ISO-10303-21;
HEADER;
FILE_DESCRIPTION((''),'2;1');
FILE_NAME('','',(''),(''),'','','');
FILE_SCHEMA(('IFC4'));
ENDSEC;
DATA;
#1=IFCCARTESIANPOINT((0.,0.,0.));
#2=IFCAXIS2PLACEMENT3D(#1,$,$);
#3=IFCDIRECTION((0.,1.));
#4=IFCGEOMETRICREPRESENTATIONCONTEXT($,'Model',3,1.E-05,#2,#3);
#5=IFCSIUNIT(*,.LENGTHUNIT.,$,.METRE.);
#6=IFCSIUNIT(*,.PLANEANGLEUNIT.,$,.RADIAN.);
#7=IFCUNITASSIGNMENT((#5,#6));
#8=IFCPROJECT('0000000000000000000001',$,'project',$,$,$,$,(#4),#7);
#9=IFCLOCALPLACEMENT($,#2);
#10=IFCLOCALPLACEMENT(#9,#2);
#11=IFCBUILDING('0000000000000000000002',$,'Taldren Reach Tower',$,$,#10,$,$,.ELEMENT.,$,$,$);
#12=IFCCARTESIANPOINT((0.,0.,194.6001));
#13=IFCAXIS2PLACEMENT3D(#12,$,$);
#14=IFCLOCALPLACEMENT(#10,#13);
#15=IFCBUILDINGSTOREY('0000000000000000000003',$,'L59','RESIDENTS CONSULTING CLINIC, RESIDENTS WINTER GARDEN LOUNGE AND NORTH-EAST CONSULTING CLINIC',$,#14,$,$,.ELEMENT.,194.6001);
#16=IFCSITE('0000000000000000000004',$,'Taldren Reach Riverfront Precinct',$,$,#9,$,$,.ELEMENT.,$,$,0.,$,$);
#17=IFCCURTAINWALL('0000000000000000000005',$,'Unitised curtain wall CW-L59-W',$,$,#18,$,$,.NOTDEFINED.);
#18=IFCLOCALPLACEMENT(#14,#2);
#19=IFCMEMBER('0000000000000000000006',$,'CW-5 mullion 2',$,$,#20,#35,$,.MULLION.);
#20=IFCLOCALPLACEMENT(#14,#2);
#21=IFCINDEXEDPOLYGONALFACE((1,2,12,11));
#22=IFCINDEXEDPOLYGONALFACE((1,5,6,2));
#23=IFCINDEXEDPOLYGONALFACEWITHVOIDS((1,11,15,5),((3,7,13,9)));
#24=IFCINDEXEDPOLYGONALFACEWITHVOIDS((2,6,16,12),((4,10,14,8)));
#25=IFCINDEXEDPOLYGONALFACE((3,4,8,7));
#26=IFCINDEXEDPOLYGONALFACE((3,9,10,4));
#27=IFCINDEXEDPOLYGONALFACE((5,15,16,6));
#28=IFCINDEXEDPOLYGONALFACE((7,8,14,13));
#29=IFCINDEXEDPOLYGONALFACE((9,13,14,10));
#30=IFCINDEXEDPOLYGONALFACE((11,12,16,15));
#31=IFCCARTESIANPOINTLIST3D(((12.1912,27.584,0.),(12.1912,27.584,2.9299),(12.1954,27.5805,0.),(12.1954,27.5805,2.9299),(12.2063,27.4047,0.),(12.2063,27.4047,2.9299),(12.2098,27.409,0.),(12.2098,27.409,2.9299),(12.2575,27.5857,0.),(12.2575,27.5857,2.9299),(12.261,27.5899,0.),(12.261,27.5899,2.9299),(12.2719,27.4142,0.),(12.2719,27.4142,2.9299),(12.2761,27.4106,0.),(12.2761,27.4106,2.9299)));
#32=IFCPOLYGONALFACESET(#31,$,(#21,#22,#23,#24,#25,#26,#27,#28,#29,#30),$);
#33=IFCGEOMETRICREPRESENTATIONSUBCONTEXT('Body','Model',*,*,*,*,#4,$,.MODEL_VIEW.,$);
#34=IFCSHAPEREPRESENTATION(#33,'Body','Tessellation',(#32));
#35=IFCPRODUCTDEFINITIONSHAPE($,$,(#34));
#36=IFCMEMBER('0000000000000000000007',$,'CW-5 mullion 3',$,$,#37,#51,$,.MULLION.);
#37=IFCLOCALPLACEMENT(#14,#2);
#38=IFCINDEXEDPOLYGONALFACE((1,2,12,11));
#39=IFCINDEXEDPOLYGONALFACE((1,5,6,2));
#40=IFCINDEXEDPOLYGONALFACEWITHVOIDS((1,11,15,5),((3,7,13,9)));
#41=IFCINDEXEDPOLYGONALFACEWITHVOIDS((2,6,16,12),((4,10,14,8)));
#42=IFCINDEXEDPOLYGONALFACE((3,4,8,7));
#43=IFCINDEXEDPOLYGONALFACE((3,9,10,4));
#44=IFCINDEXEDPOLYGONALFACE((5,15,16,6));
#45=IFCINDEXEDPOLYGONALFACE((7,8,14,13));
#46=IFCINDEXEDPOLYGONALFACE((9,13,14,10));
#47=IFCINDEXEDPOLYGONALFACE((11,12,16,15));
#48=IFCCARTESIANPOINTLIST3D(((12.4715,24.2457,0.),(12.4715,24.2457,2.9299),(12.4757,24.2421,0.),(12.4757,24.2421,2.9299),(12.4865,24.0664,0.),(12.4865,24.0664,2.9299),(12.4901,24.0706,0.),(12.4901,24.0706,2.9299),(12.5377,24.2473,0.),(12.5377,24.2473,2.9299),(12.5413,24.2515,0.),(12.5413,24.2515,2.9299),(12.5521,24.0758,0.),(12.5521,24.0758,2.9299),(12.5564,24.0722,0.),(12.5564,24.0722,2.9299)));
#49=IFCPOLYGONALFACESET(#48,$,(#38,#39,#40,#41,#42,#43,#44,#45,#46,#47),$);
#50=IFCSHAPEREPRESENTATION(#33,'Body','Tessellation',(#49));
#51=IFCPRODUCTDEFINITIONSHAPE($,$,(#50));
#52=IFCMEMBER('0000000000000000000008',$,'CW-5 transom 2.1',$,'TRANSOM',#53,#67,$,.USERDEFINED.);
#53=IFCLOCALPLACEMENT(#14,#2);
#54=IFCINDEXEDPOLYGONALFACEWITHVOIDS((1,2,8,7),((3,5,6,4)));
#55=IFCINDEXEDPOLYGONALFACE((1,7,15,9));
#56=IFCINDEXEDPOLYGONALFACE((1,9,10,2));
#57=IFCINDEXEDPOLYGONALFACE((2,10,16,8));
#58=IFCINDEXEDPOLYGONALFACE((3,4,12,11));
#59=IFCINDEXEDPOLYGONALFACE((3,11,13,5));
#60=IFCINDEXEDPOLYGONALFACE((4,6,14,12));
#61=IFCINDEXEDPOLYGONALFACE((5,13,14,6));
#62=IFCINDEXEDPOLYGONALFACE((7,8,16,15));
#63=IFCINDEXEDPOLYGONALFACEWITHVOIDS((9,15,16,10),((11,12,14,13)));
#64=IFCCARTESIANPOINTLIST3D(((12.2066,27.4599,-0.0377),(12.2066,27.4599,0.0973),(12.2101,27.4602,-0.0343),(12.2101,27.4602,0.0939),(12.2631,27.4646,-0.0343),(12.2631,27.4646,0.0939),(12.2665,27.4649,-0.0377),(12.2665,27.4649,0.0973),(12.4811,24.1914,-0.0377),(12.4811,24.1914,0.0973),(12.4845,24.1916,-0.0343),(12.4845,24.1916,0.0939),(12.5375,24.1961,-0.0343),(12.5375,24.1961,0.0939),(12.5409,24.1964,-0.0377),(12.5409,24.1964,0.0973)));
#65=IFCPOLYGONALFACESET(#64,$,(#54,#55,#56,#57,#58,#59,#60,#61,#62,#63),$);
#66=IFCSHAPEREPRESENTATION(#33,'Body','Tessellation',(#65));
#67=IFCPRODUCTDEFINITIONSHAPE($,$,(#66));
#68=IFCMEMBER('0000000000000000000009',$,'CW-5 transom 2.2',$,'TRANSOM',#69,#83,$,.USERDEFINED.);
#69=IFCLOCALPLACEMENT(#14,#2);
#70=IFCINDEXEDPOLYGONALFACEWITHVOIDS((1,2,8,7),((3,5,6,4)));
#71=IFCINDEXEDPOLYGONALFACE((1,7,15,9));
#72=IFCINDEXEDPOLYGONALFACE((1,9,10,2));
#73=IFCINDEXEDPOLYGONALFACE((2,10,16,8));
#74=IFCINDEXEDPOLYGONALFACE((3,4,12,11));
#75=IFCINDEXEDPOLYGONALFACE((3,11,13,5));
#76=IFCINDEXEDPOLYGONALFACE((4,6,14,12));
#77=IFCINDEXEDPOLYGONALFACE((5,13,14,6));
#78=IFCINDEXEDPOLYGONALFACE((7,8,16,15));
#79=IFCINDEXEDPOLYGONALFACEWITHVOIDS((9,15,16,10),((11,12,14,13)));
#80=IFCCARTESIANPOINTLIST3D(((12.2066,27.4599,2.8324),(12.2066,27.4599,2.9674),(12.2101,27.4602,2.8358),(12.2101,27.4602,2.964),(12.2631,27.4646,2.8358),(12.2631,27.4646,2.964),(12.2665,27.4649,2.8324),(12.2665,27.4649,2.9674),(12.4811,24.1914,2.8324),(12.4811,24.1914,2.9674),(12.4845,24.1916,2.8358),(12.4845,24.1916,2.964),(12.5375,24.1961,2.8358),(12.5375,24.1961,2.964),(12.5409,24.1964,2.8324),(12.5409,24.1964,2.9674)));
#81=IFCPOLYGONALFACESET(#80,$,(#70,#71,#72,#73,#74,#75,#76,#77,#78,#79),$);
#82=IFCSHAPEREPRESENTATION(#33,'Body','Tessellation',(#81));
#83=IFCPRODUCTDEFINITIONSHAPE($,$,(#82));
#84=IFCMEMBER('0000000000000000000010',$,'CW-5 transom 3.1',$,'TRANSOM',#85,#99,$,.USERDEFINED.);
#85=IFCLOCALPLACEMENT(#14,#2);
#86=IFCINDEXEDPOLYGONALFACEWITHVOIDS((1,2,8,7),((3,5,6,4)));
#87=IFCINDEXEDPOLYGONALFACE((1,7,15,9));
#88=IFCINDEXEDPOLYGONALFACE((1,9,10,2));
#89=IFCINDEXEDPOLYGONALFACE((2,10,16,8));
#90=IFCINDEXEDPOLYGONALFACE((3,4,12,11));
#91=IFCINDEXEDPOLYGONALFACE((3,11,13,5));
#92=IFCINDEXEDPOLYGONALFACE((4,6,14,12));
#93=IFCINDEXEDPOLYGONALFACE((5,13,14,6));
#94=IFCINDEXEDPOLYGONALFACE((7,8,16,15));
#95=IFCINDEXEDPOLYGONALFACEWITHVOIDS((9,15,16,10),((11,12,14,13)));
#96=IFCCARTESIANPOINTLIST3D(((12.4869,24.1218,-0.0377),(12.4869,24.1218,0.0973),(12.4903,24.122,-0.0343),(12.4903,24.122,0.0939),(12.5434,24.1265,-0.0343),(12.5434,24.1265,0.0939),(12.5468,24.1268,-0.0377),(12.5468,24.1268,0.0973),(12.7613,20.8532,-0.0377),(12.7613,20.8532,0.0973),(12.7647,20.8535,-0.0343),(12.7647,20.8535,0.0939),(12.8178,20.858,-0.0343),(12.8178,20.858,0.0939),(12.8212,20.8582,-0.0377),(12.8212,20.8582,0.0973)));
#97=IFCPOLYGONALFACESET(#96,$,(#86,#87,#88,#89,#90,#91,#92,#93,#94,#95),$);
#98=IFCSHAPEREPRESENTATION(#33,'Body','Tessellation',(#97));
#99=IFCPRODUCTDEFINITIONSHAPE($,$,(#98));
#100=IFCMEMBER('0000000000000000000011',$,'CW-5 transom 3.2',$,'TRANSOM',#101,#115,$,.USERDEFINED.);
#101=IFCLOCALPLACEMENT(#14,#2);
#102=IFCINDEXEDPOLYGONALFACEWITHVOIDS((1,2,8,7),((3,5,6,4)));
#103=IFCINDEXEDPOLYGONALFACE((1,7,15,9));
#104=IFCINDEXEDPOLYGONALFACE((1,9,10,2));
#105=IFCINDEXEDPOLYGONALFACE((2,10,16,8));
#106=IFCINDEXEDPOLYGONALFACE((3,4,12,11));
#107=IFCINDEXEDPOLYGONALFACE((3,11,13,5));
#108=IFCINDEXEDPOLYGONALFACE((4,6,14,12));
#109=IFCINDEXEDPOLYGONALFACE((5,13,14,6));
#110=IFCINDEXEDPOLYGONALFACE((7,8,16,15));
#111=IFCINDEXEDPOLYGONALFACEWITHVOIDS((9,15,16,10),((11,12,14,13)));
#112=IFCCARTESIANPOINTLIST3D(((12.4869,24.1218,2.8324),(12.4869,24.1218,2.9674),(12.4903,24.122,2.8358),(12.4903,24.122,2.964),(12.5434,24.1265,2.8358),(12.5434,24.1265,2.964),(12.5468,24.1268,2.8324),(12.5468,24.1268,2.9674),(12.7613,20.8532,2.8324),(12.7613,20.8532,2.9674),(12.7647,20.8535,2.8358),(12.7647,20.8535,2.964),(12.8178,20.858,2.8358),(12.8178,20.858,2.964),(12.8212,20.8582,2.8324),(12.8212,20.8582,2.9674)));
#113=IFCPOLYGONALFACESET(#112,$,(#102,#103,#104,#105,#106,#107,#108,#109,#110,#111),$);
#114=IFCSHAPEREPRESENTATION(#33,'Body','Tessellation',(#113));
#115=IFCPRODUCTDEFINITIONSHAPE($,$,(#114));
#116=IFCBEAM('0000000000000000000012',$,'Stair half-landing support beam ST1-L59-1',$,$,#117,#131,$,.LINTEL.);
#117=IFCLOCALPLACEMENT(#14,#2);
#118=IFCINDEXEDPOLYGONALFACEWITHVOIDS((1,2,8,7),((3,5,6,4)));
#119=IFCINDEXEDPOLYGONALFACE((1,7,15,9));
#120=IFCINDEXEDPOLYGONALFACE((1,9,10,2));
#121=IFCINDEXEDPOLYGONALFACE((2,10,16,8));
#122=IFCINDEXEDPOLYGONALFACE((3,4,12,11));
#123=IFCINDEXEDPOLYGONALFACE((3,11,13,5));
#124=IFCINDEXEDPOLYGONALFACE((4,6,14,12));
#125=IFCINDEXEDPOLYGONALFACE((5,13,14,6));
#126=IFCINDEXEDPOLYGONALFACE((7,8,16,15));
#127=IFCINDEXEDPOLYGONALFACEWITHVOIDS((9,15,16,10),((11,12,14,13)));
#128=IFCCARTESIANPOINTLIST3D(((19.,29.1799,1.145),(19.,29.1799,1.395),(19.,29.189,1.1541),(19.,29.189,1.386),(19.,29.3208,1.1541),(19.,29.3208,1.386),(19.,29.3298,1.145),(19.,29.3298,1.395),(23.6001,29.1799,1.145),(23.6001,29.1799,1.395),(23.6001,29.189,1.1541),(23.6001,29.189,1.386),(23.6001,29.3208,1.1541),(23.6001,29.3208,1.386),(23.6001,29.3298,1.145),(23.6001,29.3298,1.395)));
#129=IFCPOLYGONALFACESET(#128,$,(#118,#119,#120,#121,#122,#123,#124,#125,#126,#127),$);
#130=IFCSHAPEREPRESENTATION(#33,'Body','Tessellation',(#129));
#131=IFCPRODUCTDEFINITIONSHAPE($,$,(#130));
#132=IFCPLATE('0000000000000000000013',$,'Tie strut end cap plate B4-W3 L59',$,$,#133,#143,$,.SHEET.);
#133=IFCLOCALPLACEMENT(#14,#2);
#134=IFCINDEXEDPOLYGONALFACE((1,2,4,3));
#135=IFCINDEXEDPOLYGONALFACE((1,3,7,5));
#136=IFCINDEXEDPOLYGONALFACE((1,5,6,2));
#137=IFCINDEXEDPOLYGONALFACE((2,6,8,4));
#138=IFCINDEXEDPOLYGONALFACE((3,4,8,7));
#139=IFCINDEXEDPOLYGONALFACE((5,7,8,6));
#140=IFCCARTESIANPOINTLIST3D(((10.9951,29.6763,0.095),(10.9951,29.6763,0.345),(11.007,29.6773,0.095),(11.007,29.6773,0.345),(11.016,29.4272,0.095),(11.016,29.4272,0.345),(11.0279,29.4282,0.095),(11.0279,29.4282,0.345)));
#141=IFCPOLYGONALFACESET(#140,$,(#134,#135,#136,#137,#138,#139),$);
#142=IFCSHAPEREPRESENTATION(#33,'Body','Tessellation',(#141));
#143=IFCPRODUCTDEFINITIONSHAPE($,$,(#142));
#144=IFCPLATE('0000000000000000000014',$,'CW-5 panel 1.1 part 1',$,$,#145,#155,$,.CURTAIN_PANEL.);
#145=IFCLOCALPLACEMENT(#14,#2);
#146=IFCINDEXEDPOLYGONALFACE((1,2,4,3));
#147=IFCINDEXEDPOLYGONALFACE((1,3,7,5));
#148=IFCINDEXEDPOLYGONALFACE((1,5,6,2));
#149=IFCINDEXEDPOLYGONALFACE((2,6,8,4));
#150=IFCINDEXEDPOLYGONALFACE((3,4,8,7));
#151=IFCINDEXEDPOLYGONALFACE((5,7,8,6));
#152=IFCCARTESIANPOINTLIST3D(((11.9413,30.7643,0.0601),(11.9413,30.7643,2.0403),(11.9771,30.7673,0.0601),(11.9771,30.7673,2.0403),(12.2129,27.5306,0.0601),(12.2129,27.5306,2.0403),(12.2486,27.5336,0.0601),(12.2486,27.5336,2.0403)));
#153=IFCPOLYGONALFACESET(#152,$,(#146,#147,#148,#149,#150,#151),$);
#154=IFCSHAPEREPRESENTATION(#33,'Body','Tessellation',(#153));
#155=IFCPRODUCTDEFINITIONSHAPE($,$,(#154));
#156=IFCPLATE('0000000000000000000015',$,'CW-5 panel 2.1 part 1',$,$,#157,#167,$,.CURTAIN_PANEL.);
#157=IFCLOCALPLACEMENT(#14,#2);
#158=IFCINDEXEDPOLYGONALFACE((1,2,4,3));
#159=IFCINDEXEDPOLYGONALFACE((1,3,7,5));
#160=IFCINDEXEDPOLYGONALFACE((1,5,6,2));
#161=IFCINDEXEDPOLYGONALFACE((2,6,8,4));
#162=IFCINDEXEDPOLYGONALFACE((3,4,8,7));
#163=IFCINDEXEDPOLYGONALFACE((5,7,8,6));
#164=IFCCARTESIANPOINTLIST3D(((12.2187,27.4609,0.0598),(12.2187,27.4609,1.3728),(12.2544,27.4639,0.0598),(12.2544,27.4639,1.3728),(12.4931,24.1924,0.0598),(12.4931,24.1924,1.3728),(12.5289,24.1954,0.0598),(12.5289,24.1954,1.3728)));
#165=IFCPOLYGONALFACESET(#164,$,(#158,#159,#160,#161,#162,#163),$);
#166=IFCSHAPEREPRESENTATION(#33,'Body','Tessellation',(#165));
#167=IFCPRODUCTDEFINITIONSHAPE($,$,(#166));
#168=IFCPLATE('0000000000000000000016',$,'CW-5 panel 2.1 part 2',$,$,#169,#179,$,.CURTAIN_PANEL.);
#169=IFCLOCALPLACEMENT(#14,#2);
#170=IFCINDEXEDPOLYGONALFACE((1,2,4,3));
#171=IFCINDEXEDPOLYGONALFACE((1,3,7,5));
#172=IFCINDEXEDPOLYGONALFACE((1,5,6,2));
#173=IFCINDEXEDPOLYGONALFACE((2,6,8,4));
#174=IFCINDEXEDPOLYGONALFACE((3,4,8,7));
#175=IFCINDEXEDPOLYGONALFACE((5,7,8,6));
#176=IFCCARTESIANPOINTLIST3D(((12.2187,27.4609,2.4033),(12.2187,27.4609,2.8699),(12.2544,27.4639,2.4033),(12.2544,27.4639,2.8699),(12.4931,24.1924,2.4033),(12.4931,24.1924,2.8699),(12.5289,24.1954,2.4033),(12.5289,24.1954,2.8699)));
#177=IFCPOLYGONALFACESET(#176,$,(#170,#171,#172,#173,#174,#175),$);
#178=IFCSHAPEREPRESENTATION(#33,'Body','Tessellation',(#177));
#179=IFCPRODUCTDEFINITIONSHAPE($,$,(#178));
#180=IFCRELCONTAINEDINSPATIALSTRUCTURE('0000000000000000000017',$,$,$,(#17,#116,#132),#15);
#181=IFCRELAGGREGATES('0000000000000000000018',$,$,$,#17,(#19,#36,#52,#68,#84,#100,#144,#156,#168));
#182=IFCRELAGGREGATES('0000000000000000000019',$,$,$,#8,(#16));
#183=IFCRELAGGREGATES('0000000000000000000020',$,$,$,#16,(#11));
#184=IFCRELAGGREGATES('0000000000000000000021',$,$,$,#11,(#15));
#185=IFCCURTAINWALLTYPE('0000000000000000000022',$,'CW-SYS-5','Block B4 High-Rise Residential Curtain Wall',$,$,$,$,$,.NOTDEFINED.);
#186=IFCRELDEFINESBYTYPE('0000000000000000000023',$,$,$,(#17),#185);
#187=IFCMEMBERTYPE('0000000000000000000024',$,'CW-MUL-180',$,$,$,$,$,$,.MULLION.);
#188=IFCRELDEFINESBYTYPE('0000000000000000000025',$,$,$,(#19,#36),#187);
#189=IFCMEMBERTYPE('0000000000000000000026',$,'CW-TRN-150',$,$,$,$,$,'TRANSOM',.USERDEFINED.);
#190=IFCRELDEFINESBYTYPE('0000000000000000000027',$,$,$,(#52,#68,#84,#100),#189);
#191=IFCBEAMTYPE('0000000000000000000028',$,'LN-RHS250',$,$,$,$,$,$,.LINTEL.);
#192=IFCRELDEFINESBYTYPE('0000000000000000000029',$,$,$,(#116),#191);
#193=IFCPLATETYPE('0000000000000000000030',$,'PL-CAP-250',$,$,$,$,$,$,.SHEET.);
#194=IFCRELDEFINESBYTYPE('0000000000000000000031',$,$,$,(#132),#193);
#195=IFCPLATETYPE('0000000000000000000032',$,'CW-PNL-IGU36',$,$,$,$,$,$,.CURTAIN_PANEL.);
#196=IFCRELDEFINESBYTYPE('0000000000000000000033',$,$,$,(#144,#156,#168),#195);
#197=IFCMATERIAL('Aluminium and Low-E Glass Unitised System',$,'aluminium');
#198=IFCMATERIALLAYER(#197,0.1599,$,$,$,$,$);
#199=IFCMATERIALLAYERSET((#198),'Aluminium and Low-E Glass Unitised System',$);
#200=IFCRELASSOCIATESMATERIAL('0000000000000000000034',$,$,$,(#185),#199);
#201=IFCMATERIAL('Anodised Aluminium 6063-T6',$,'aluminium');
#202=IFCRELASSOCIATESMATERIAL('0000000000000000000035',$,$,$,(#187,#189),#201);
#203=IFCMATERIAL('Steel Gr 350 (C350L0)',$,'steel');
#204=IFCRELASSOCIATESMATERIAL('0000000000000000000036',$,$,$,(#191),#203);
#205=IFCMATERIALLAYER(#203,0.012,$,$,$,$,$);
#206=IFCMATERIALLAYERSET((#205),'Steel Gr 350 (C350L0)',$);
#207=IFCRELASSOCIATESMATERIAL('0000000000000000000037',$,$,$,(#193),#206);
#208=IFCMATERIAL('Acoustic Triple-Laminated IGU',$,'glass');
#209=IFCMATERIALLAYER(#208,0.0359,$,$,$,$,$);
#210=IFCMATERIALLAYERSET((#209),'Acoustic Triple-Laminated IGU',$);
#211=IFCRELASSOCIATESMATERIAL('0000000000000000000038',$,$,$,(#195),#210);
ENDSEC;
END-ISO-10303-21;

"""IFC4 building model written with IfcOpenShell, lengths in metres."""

from ifc_helpers import new_model, si_unit, direction, frame, origin, origin_2d, place, context, subcontext, project, spatial, rectangle, hollow_rectangle, extrude, source, transform, mapped, material, layer, layer_set, material_profile, profile_set, type_object, element, aggregate, save


model = new_model("IFC4")

# Units and contexts
model_context = context("Model", 3, precision=1e-05, world=origin(), true_north=direction((0.0, 1.0)))
body_context = subcontext(model_context, "Body", "Model", "MODEL_VIEW")
ifc_project = project(units=[si_unit("LENGTHUNIT", "METRE"), si_unit("PLANEANGLEUNIT", "RADIAN")], contexts=[model_context])

# Site, building, storey
site_placement = place(None, origin())
site = spatial("IfcSite", under=ifc_project, at=site_placement, Name="Taldren Reach Riverfront Precinct", CompositionType="ELEMENT", RefElevation=0.0)
building_placement = place(site_placement, origin())
building = spatial("IfcBuilding", under=site, at=building_placement, Name="Taldren Reach Tower", CompositionType="ELEMENT")
storey_placement = place(building_placement, frame((0.0, 0.0, 194.6001)))
storey = spatial("IfcBuildingStorey", under=building, at=storey_placement, Name="L59", Description="RESIDENTS CONSULTING CLINIC, RESIDENTS WINTER GARDEN LOUNGE AND NORTH-EAST CONSULTING CLINIC", CompositionType="ELEMENT", Elevation=194.6001)

# Shared definitions
ifc_material_1 = material(Name="Steel Gr 350 (C350L0)", Category="steel")

# Curtain wall, members
ifc_material_2 = material(Name="Aluminium and Low-E Glass Unitised System", Category="aluminium")
ifc_layer_1 = layer(ifc_material_2, 0.1599)
ifc_layer_set_1 = layer_set([ifc_layer_1], Name="Aluminium and Low-E Glass Unitised System")
curtain_wall_type = type_object("IfcCurtainWallType", Name="CW-SYS-5", Description="Block B4 High-Rise Residential Curtain Wall", PredefinedType="NOTDEFINED", material=ifc_layer_set_1)
curtain_wall_placement = place(storey_placement, origin())
curtain_wall = element("IfcCurtainWall", 1, at=curtain_wall_placement, inside=storey, type_object=curtain_wall_type, Name="Unitised curtain wall CW-L59-W", PredefinedType="NOTDEFINED")
ifc_material_3 = material(Name="Anodised Aluminium 6063-T6", Category="aluminium")
ifc_material_profile_1 = material_profile(ifc_material_3, hollow_rectangle(XDim=0.0701, YDim=0.1799, WallThickness=0.0039, at=origin_2d()), Name="ALU-180x70x4RHS")
ifc_profile_set_1 = profile_set([ifc_material_profile_1], Name="Anodised Aluminium 6063-T6")
member_type_1 = type_object("IfcMemberType", Name="CW-MUL-180", PredefinedType="MULLION", material=ifc_profile_set_1)
shared_shape_1 = source(origin(), body_context, "Body", "SweptSolid", [
    extrude(hollow_rectangle(XDim=0.0701, YDim=0.1799, WallThickness=0.0039, at=origin_2d()), origin(), (0.0, 0.0, 1.0), 2.9299),
])
member_1_placement = place(storey_placement, frame((12.2336, 27.4973, 0.0), z_axis=(0.0, 0.0, 1.0), x_axis=(0.996493, 0.083678, 0.0)))
member_1 = element("IfcMember", 2, at=member_1_placement, type_object=member_type_1, Name="CW-5 mullion 2", PredefinedType="MULLION", context=body_context, shape_type="MappedRepresentation", body=[
    mapped(shared_shape_1, transform((0.0, 0.0, 0.0), scale=1.0)),
])
member_2_placement = place(storey_placement, frame((12.5139, 24.1589, 0.0), z_axis=(0.0, 0.0, 1.0), x_axis=(0.996493, 0.083678, 0.0)))
member_2 = element("IfcMember", 3, at=member_2_placement, type_object=member_type_1, Name="CW-5 mullion 3", PredefinedType="MULLION", context=body_context, shape_type="MappedRepresentation", body=[
    mapped(shared_shape_1, transform((0.0, 0.0, 0.0), scale=1.0)),
])
ifc_material_profile_2 = material_profile(ifc_material_3, hollow_rectangle(XDim=0.0601, YDim=0.135, WallThickness=0.0034, at=origin_2d()), Name="ALU-135x60x3.5RHS")
ifc_profile_set_2 = profile_set([ifc_material_profile_2], Name="Anodised Aluminium 6063-T6")
member_type_2 = type_object("IfcMemberType", Name="CW-TRN-150", ElementType="TRANSOM", PredefinedType="USERDEFINED", material=ifc_profile_set_2)
shared_shape_2 = source(origin(), body_context, "Body", "SweptSolid", [
    extrude(hollow_rectangle(XDim=0.0601, YDim=0.135, WallThickness=0.0034, at=origin_2d()), origin(), (0.0, 0.0, 1.0), 3.28),
])
member_3_placement = place(storey_placement, frame((12.2366, 27.4624, 0.0298), z_axis=(0.083661, -0.996494, 0.0), x_axis=(0.996494, 0.083661, 0.0)))
member_3 = element("IfcMember", 4, at=member_3_placement, type_object=member_type_2, Name="CW-5 transom 2.1", ObjectType="TRANSOM", PredefinedType="USERDEFINED", context=body_context, shape_type="MappedRepresentation", body=[
    mapped(shared_shape_2, transform((0.0, 0.0, 0.0), scale=1.0)),
])
member_4_placement = place(storey_placement, frame((12.2366, 27.4624, 2.8999), z_axis=(0.083661, -0.996494, 0.0), x_axis=(0.996494, 0.083661, 0.0)))
member_4 = element("IfcMember", 5, at=member_4_placement, type_object=member_type_2, Name="CW-5 transom 2.2", ObjectType="TRANSOM", PredefinedType="USERDEFINED", context=body_context, shape_type="MappedRepresentation", body=[
    mapped(shared_shape_2, transform((0.0, 0.0, 0.0), scale=1.0)),
])
member_5_placement = place(storey_placement, frame((12.5168, 24.1243, 0.0298), z_axis=(0.083661, -0.996494, 0.0), x_axis=(0.996494, 0.083661, 0.0)))
member_5 = element("IfcMember", 6, at=member_5_placement, type_object=member_type_2, Name="CW-5 transom 3.1", ObjectType="TRANSOM", PredefinedType="USERDEFINED", context=body_context, shape_type="MappedRepresentation", body=[
    mapped(shared_shape_2, transform((0.0, 0.0, 0.0), scale=1.0)),
])
member_6_placement = place(storey_placement, frame((12.5168, 24.1243, 2.8999), z_axis=(0.083661, -0.996494, 0.0), x_axis=(0.996494, 0.083661, 0.0)))
member_6 = element("IfcMember", 7, at=member_6_placement, type_object=member_type_2, Name="CW-5 transom 3.2", ObjectType="TRANSOM", PredefinedType="USERDEFINED", context=body_context, shape_type="MappedRepresentation", body=[
    mapped(shared_shape_2, transform((0.0, 0.0, 0.0), scale=1.0)),
])

# Beam
ifc_material_profile_3 = material_profile(ifc_material_1, hollow_rectangle(XDim=0.1499, YDim=0.25, WallThickness=0.009, at=origin_2d()), Name="250x150x9.0RHS")
ifc_profile_set_3 = profile_set([ifc_material_profile_3], Name="Steel Gr 350 (C350L0)")
beam_type_1 = type_object("IfcBeamType", Name="LN-RHS250", PredefinedType="LINTEL", material=ifc_profile_set_3)
shared_shape_3 = source(origin(), body_context, "Body", "SweptSolid", [
    extrude(hollow_rectangle(XDim=0.1499, YDim=0.25, WallThickness=0.009, at=origin_2d()), origin(), (0.0, 0.0, 1.0), 4.6001),
])
beam_1_placement = place(storey_placement, frame((19.0, 29.2549, 1.27), z_axis=(1.0, 0.0, 0.0), x_axis=(0.0, 1.0, 0.0)))
element("IfcBeam", 8, at=beam_1_placement, inside=storey, type_object=beam_type_1, Name="Stair half-landing support beam ST1-L59-1", PredefinedType="LINTEL", context=body_context, shape_type="MappedRepresentation", body=[
    mapped(shared_shape_3, transform((0.0, 0.0, 0.0), scale=1.0)),
])

# Plates
ifc_layer_2 = layer(ifc_material_1, 0.012)
ifc_layer_set_2 = layer_set([ifc_layer_2], Name="Steel Gr 350 (C350L0)")
plate_type_1 = type_object("IfcPlateType", Name="PL-CAP-250", PredefinedType="SHEET", material=ifc_layer_set_2)
shared_shape_4 = source(origin(), body_context, "Body", "SweptSolid", [
    extrude(rectangle(XDim=0.012, YDim=0.25, at=origin_2d()), origin(), (0.0, 0.0, 1.0), 0.25),
])
plate_1_placement = place(storey_placement, frame((11.0115, 29.5522, 0.095), z_axis=(0.0, 0.0, 1.0), x_axis=(0.996493, 0.083678, 0.0)))
element("IfcPlate", 9, at=plate_1_placement, inside=storey, type_object=plate_type_1, Name="Tie strut end cap plate B4-W3 L59", PredefinedType="SHEET", context=body_context, shape_type="MappedRepresentation", body=[
    mapped(shared_shape_4, transform((0.0, 0.0, 0.0), scale=1.0)),
])
ifc_material_4 = material(Name="Acoustic Triple-Laminated IGU", Category="glass")
ifc_layer_3 = layer(ifc_material_4, 0.0359)
ifc_layer_set_3 = layer_set([ifc_layer_3], Name="Acoustic Triple-Laminated IGU")
plate_type_2 = type_object("IfcPlateType", Name="CW-PNL-IGU36", PredefinedType="CURTAIN_PANEL", material=ifc_layer_set_3)
shared_shape_5 = source(origin(), body_context, "Body", "SweptSolid", [
    extrude(rectangle(XDim=3.2451, YDim=0.0359, at=origin_2d()), origin(), (0.0, 0.0, 1.0), 1.9802),
])
plate_2_placement = place(storey_placement, frame((12.095, 29.1489, 0.0601), z_axis=(0.0, 0.0, 1.0), x_axis=(0.083678, -0.996493, 0.0)))
plate_2 = element("IfcPlate", 10, at=plate_2_placement, type_object=plate_type_2, Name="CW-5 panel 1.1 part 1", PredefinedType="CURTAIN_PANEL", context=body_context, shape_type="MappedRepresentation", body=[
    mapped(shared_shape_5, transform((0.0, 0.0, 0.0), scale=1.0)),
])
shared_shape_6 = source(origin(), body_context, "Body", "SweptSolid", [
    extrude(rectangle(XDim=3.28, YDim=0.0359, at=origin_2d()), origin(), (0.0, 0.0, 1.0), 1.313),
])
plate_3_placement = place(storey_placement, frame((12.3738, 25.8281, 0.0598), z_axis=(0.0, 0.0, 1.0), x_axis=(0.083678, -0.996493, 0.0)))
plate_3 = element("IfcPlate", 11, at=plate_3_placement, type_object=plate_type_2, Name="CW-5 panel 2.1 part 1", PredefinedType="CURTAIN_PANEL", context=body_context, shape_type="MappedRepresentation", body=[
    mapped(shared_shape_6, transform((0.0, 0.0, 0.0), scale=1.0)),
])
shared_shape_7 = source(origin(), body_context, "Body", "SweptSolid", [
    extrude(rectangle(XDim=3.28, YDim=0.0359, at=origin_2d()), origin(), (0.0, 0.0, 1.0), 0.4666),
])
plate_4_placement = place(storey_placement, frame((12.3738, 25.8281, 2.4033), z_axis=(0.0, 0.0, 1.0), x_axis=(0.083678, -0.996493, 0.0)))
plate_4 = element("IfcPlate", 12, at=plate_4_placement, type_object=plate_type_2, Name="CW-5 panel 2.1 part 2", PredefinedType="CURTAIN_PANEL", context=body_context, shape_type="MappedRepresentation", body=[
    mapped(shared_shape_7, transform((0.0, 0.0, 0.0), scale=1.0)),
])
aggregate(curtain_wall, [member_1, member_2, member_3, member_4, member_5, member_6, plate_2, plate_3, plate_4])

save(model, "model.ifc")
